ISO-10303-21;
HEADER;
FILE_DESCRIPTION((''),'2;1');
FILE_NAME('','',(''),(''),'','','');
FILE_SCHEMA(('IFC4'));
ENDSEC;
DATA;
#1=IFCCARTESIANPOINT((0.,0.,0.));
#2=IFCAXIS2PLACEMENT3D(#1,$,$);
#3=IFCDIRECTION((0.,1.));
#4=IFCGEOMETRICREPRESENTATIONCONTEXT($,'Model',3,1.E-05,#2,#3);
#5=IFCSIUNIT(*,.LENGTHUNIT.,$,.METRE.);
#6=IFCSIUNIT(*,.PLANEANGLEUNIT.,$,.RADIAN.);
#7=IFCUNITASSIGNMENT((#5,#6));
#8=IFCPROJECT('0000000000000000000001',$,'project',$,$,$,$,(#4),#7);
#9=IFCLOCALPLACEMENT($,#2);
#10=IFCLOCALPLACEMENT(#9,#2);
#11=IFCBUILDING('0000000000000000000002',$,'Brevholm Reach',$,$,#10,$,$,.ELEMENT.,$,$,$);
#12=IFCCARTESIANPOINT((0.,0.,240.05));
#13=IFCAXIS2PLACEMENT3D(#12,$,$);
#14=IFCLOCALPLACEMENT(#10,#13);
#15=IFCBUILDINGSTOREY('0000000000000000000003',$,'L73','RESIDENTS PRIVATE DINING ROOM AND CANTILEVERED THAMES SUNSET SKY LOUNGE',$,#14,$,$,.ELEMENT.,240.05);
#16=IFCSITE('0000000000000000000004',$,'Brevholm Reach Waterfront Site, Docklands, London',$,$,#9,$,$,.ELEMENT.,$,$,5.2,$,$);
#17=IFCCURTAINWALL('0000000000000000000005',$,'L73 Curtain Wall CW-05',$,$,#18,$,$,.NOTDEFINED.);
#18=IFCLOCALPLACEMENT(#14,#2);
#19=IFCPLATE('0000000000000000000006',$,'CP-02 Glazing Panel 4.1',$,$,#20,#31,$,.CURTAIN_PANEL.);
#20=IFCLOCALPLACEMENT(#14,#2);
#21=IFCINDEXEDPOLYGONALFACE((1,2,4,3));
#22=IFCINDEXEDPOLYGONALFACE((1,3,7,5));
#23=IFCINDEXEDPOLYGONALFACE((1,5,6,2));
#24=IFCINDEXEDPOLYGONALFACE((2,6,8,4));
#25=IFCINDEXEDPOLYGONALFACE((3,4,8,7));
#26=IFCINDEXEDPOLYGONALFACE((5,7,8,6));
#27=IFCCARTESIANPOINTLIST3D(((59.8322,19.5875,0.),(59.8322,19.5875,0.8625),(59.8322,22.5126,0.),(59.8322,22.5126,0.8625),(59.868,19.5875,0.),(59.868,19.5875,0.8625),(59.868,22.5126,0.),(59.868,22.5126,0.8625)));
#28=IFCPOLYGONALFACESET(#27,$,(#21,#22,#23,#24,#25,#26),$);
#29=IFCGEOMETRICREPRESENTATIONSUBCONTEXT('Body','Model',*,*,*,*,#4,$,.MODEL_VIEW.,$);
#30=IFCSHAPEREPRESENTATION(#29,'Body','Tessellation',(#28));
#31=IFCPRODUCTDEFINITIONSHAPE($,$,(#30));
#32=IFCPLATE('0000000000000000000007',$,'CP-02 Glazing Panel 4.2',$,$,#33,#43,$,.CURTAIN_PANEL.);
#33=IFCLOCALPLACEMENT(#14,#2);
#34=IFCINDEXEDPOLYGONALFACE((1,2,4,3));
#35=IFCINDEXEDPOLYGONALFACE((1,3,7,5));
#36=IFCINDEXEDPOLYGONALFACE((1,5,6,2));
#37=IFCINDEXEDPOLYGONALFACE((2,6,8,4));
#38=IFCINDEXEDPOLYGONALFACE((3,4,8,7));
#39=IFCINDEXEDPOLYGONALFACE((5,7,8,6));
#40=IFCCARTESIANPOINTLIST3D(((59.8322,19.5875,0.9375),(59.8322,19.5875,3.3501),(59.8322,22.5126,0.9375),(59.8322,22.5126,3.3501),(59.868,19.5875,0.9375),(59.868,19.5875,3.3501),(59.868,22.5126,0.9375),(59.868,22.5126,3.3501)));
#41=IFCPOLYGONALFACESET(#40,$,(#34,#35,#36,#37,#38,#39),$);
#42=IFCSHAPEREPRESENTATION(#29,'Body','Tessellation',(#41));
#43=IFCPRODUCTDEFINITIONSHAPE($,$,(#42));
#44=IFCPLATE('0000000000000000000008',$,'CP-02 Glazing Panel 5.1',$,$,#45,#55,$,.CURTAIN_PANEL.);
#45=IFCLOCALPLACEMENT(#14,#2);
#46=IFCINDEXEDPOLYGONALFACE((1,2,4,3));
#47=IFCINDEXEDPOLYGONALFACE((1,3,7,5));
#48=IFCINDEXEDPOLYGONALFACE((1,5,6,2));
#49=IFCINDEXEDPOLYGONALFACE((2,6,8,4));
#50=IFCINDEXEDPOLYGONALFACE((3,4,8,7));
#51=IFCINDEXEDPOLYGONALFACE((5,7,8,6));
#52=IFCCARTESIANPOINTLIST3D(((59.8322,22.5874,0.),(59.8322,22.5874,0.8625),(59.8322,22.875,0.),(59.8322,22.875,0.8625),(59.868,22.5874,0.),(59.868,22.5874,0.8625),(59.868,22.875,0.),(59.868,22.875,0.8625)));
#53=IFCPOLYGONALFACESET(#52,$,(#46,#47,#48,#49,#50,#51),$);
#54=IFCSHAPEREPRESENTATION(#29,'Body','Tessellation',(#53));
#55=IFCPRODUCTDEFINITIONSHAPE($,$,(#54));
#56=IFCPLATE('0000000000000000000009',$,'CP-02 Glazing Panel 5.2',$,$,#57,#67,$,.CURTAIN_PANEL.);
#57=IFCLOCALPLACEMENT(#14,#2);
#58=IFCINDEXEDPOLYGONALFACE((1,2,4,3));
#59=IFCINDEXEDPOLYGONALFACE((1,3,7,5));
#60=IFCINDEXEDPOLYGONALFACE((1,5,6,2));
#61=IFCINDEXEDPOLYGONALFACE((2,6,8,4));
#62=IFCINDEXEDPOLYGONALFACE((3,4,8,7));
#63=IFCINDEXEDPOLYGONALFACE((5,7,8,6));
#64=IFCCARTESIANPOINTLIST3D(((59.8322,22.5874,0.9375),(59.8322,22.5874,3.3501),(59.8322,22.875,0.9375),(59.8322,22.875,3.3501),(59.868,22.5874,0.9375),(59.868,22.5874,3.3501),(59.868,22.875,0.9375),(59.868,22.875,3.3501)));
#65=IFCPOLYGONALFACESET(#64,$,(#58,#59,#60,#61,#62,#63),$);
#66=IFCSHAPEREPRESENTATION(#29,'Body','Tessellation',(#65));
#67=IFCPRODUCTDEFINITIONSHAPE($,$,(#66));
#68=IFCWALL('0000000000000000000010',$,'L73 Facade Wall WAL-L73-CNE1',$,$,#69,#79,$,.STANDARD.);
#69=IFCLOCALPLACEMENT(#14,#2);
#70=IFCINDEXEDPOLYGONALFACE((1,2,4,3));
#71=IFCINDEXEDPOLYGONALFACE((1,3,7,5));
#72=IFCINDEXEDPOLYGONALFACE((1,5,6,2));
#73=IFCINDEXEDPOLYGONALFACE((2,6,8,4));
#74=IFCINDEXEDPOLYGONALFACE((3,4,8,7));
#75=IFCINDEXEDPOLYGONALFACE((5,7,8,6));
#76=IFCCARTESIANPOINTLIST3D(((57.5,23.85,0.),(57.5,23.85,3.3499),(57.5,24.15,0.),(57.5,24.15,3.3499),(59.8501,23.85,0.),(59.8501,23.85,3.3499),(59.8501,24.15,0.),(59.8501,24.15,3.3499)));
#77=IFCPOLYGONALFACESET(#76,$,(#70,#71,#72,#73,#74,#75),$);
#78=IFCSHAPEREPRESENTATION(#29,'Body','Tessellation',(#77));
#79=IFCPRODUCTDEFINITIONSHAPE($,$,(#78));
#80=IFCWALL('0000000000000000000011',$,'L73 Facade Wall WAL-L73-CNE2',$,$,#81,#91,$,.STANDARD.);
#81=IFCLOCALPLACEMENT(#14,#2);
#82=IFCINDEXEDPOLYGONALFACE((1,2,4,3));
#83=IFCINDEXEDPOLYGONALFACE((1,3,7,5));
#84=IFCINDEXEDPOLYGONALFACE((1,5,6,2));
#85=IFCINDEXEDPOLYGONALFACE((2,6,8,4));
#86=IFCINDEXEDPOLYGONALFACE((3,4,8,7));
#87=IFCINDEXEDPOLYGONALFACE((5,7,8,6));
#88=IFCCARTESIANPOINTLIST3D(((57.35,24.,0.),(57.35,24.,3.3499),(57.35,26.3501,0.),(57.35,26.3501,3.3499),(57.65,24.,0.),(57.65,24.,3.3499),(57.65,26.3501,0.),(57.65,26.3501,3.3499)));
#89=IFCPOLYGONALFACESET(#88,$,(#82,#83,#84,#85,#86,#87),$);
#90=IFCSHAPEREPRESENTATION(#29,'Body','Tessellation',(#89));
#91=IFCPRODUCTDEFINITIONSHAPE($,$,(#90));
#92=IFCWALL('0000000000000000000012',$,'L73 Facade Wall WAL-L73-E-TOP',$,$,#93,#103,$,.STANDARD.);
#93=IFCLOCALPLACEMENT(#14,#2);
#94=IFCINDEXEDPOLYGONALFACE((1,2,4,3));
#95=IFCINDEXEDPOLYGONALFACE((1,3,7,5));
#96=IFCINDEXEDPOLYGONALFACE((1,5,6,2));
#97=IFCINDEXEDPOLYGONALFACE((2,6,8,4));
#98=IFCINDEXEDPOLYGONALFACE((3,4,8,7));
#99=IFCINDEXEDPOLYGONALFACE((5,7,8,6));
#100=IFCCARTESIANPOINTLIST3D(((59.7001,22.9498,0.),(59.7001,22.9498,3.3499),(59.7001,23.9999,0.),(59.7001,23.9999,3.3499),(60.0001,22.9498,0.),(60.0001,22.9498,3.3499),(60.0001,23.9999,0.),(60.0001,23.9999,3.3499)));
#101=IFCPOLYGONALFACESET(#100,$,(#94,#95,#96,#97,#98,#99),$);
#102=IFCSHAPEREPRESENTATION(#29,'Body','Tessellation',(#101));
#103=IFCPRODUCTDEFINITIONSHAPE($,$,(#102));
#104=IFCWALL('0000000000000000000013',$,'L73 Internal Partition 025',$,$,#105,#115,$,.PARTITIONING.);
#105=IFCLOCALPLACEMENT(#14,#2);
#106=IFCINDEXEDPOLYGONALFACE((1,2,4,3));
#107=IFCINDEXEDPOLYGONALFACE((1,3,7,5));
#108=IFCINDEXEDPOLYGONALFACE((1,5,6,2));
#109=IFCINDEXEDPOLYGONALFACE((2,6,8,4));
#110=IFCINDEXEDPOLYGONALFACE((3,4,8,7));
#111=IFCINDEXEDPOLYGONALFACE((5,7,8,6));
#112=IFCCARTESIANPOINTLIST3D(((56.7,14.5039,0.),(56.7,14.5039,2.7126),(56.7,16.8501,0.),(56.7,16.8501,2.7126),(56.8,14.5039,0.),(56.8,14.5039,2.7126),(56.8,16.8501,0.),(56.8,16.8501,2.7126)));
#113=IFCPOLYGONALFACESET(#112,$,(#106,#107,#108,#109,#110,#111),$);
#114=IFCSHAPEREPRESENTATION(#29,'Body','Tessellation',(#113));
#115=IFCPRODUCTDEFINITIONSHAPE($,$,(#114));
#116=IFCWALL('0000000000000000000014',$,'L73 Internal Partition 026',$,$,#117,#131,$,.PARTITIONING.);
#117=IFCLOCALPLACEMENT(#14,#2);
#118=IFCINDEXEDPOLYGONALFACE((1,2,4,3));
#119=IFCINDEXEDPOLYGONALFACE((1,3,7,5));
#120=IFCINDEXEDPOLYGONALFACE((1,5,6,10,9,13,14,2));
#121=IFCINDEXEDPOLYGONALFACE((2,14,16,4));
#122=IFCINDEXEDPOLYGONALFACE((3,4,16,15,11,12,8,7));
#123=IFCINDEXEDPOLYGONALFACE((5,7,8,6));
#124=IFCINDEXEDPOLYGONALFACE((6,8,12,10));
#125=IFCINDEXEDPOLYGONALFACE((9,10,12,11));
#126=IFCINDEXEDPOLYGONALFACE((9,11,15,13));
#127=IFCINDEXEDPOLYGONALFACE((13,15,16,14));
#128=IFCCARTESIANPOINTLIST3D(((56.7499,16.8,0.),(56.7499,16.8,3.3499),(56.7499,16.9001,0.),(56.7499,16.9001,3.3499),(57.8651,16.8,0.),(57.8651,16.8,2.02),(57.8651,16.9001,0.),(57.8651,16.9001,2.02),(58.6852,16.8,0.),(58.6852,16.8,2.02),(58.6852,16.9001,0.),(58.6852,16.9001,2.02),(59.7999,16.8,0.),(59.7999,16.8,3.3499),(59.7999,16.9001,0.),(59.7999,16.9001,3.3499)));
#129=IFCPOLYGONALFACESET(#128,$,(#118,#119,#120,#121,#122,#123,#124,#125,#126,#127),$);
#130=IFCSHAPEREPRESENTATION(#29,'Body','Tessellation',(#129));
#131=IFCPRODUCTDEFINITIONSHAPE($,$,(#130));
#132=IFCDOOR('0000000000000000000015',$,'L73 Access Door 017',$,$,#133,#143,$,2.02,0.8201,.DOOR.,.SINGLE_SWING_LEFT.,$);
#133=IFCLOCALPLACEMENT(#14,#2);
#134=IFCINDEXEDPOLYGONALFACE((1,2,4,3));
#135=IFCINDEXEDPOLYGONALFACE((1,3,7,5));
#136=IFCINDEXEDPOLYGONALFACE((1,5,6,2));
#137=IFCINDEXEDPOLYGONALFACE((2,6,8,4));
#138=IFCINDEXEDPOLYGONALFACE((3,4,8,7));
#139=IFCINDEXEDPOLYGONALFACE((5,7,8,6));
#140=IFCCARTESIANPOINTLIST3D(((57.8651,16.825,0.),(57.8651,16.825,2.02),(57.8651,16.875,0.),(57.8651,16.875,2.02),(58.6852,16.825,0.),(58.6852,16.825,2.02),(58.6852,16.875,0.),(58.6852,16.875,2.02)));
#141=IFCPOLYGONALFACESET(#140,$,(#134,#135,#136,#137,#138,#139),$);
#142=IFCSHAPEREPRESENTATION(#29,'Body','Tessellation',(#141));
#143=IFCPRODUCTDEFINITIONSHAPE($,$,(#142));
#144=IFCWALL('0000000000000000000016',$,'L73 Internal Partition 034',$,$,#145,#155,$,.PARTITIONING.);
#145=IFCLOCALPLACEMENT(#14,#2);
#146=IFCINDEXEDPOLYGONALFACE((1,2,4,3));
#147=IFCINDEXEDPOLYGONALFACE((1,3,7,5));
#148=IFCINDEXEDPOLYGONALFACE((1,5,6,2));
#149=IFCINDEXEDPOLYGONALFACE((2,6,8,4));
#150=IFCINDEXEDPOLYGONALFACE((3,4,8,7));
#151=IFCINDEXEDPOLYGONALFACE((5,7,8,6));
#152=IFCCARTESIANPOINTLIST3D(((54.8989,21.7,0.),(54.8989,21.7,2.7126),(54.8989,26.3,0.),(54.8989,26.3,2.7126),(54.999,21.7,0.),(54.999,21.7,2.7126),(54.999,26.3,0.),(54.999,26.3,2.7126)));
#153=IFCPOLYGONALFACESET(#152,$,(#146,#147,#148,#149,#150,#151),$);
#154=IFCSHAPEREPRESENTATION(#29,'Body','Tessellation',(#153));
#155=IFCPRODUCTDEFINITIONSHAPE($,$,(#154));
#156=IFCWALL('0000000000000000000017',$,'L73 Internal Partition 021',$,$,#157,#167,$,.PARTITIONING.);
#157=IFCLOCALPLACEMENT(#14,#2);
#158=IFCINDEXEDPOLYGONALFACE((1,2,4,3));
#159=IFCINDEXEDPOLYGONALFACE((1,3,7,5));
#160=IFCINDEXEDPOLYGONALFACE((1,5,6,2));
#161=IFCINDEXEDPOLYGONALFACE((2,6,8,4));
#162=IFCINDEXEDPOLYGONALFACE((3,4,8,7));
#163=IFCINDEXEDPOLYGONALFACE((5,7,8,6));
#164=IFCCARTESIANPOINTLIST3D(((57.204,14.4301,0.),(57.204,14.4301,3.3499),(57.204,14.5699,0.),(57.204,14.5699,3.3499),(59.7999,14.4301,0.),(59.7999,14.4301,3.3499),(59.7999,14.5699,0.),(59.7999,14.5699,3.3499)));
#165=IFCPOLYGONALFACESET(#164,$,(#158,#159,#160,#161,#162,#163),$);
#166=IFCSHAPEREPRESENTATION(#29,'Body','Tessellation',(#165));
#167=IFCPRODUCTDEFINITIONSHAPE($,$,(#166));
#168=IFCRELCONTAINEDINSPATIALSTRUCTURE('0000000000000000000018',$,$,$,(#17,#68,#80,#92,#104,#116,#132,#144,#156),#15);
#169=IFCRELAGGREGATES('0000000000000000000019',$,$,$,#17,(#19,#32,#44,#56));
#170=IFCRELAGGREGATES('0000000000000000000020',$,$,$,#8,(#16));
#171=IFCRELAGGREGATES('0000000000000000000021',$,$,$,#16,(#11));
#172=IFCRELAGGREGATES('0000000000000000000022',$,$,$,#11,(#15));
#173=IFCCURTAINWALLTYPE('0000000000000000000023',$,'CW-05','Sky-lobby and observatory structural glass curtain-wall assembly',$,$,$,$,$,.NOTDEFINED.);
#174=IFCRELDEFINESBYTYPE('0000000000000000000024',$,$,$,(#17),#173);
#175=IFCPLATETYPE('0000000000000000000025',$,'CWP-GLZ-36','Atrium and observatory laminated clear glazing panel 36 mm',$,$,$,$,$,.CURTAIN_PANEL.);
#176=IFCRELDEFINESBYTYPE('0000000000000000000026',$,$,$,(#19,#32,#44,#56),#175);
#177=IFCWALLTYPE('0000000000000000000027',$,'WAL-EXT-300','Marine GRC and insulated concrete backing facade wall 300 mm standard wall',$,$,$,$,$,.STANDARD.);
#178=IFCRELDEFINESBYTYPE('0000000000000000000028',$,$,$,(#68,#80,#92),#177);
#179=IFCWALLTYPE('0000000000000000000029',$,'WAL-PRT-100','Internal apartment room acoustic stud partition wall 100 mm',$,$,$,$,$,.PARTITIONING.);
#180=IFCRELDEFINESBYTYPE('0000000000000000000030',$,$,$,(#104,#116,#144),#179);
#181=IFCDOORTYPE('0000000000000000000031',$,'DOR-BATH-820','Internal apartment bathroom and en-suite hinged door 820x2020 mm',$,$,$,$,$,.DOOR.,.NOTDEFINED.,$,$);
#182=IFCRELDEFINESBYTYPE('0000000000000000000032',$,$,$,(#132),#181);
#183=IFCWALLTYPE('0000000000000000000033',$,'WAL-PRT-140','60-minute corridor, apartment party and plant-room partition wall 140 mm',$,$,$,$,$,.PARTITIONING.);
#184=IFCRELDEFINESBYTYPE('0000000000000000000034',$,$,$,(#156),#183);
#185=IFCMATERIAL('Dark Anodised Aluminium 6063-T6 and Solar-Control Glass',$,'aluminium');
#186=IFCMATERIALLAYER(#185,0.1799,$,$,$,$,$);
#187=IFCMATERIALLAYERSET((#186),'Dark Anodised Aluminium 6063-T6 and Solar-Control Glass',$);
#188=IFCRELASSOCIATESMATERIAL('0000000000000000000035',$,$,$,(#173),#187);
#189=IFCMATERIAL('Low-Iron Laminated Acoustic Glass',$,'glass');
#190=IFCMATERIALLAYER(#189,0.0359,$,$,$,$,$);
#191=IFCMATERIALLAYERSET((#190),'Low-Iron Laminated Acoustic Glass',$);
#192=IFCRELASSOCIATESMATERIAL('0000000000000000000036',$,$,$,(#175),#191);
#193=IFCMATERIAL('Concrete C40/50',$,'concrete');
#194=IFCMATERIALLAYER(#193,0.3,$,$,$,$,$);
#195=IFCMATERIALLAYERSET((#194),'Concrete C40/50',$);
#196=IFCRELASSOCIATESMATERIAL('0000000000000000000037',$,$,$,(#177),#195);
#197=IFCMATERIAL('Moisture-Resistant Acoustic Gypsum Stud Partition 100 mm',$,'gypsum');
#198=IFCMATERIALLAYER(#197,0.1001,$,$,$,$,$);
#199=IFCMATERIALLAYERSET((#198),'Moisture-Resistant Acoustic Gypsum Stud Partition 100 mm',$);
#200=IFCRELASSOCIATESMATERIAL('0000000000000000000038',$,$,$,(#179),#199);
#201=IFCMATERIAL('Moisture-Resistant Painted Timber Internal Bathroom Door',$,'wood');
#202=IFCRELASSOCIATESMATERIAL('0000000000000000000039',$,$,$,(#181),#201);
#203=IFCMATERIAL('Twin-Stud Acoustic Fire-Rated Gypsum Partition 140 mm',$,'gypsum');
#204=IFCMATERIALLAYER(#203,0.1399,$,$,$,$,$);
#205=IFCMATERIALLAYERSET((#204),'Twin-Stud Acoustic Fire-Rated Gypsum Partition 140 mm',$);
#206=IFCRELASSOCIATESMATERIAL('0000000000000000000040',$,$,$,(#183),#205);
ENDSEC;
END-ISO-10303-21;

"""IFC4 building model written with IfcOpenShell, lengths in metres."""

from ifc_helpers import new_model, si_unit, direction, frame, frame_2d, origin, origin_2d, place, context, subcontext, project, spatial, rectangle, extrude, material, layer, layer_set, type_object, element, fill, aggregate, save


model = new_model("IFC4")

# Units and contexts
model_context = context("Model", 3, precision=1e-05, world=origin(), true_north=direction((0.0, 1.0)))
body_context = subcontext(model_context, "Body", "Model", "MODEL_VIEW")
ifc_project = project(units=[si_unit("LENGTHUNIT", "METRE"), si_unit("PLANEANGLEUNIT", "RADIAN")], contexts=[model_context])

# Site, building, storey
site_placement = place(None, origin())
site = spatial("IfcSite", under=ifc_project, at=site_placement, Name="Brevholm Reach Waterfront Site, Docklands, London", CompositionType="ELEMENT", RefElevation=5.2)
building_placement = place(site_placement, origin())
building = spatial("IfcBuilding", under=site, at=building_placement, Name="Brevholm Reach", CompositionType="ELEMENT")
storey_placement = place(building_placement, frame((0.0, 0.0, 240.05)))
storey = spatial("IfcBuildingStorey", under=building, at=storey_placement, Name="L73", Description="RESIDENTS PRIVATE DINING ROOM AND CANTILEVERED THAMES SUNSET SKY LOUNGE", CompositionType="ELEMENT", Elevation=240.05)

# Curtain wall, plates
ifc_material_1 = material(Name="Dark Anodised Aluminium 6063-T6 and Solar-Control Glass", Category="aluminium")
ifc_layer_1 = layer(ifc_material_1, 0.1799)
ifc_layer_set_1 = layer_set([ifc_layer_1], Name="Dark Anodised Aluminium 6063-T6 and Solar-Control Glass")
curtain_wall_type = type_object("IfcCurtainWallType", Name="CW-05", Description="Sky-lobby and observatory structural glass curtain-wall assembly", PredefinedType="NOTDEFINED", material=ifc_layer_set_1)
curtain_wall_placement = place(storey_placement, origin())
curtain_wall = element("IfcCurtainWall", 1, at=curtain_wall_placement, inside=storey, type_object=curtain_wall_type, Name="L73 Curtain Wall CW-05", PredefinedType="NOTDEFINED")
ifc_material_2 = material(Name="Low-Iron Laminated Acoustic Glass", Category="glass")
ifc_layer_2 = layer(ifc_material_2, 0.0359)
ifc_layer_set_2 = layer_set([ifc_layer_2], Name="Low-Iron Laminated Acoustic Glass")
plate_type = type_object("IfcPlateType", Name="CWP-GLZ-36", Description="Atrium and observatory laminated clear glazing panel 36 mm", PredefinedType="CURTAIN_PANEL", material=ifc_layer_set_2)
plate_1_placement = place(storey_placement, frame((59.8501, 21.05, 0.0), z_axis=(0.0, 0.0, 1.0), x_axis=(0.0, 1.0, 0.0)))
plate_1 = element("IfcPlate", 2, at=plate_1_placement, type_object=plate_type, Name="CP-02 Glazing Panel 4.1", PredefinedType="CURTAIN_PANEL", context=body_context, shape_type="SweptSolid", body=[
    extrude(rectangle(XDim=2.925, YDim=0.0359, at=origin_2d()), origin(), (0.0, 0.0, 1.0), 0.8625),
])
plate_2_placement = place(storey_placement, frame((59.8501, 21.05, 0.9375), z_axis=(0.0, 0.0, 1.0), x_axis=(0.0, 1.0, 0.0)))
plate_2 = element("IfcPlate", 3, at=plate_2_placement, type_object=plate_type, Name="CP-02 Glazing Panel 4.2", PredefinedType="CURTAIN_PANEL", context=body_context, shape_type="SweptSolid", body=[
    extrude(rectangle(XDim=2.925, YDim=0.0359, at=origin_2d()), origin(), (0.0, 0.0, 1.0), 2.4126),
])
plate_3_placement = place(storey_placement, frame((59.8501, 22.7312, 0.0), z_axis=(0.0, 0.0, 1.0), x_axis=(0.0, 1.0, 0.0)))
plate_3 = element("IfcPlate", 4, at=plate_3_placement, type_object=plate_type, Name="CP-02 Glazing Panel 5.1", PredefinedType="CURTAIN_PANEL", context=body_context, shape_type="SweptSolid", body=[
    extrude(rectangle(XDim=0.2876, YDim=0.0359, at=origin_2d()), origin(), (0.0, 0.0, 1.0), 0.8625),
])
plate_4_placement = place(storey_placement, frame((59.8501, 22.7312, 0.9375), z_axis=(0.0, 0.0, 1.0), x_axis=(0.0, 1.0, 0.0)))
plate_4 = element("IfcPlate", 5, at=plate_4_placement, type_object=plate_type, Name="CP-02 Glazing Panel 5.2", PredefinedType="CURTAIN_PANEL", context=body_context, shape_type="SweptSolid", body=[
    extrude(rectangle(XDim=0.2876, YDim=0.0359, at=origin_2d()), origin(), (0.0, 0.0, 1.0), 2.4126),
])
aggregate(curtain_wall, [plate_1, plate_2, plate_3, plate_4])

# Walls
ifc_material_3 = material(Name="Concrete C40/50", Category="concrete")
ifc_layer_3 = layer(ifc_material_3, 0.3)
ifc_layer_set_3 = layer_set([ifc_layer_3], Name="Concrete C40/50")
wall_type_1 = type_object("IfcWallType", Name="WAL-EXT-300", Description="Marine GRC and insulated concrete backing facade wall 300 mm standard wall", PredefinedType="STANDARD", material=ifc_layer_set_3)
for number, where, z_axis, x_axis, name in (
    (6, (59.8501, 24.0, 0.0), (0.0, 0.0, 1.0), (-1.0, 0.0, 0.0), "L73 Facade Wall WAL-L73-CNE1"),
    (7, (57.5, 24.0, 0.0), (0.0, 0.0, 1.0), (0.0, 1.0, 0.0), "L73 Facade Wall WAL-L73-CNE2"),
):
    element("IfcWall", number, at=place(storey_placement, frame(where, z_axis=z_axis, x_axis=x_axis)), inside=storey, type_object=wall_type_1, Name=name, PredefinedType="STANDARD", context=body_context, shape_type="SweptSolid", body=[
        extrude(rectangle(XDim=2.3501, YDim=0.3, at=frame_2d((1.175, 0.0))), origin(), (0.0, 0.0, 1.0), 3.3499),
    ])
wall_1_placement = place(storey_placement, frame((59.8501, 22.95, 0.0), z_axis=(0.0, 0.0, 1.0), x_axis=(0.0, 1.0, 0.0)))
element("IfcWall", 8, at=wall_1_placement, inside=storey, type_object=wall_type_1, Name="L73 Facade Wall WAL-L73-E-TOP", PredefinedType="STANDARD", context=body_context, shape_type="SweptSolid", body=[
    extrude(rectangle(XDim=1.05, YDim=0.3, at=frame_2d((0.5249, 0.0))), origin(), (0.0, 0.0, 1.0), 3.3499),
])
ifc_material_4 = material(Name="Moisture-Resistant Acoustic Gypsum Stud Partition 100 mm", Category="gypsum")
ifc_layer_4 = layer(ifc_material_4, 0.1001)
ifc_layer_set_4 = layer_set([ifc_layer_4], Name="Moisture-Resistant Acoustic Gypsum Stud Partition 100 mm")
wall_type_2 = type_object("IfcWallType", Name="WAL-PRT-100", Description="Internal apartment room acoustic stud partition wall 100 mm", PredefinedType="PARTITIONING", material=ifc_layer_set_4)
wall_2_placement = place(storey_placement, frame((56.75, 14.5039, 0.0), z_axis=(0.0, 0.0, 1.0), x_axis=(0.0, 1.0, 0.0)))
element("IfcWall", 9, at=wall_2_placement, inside=storey, type_object=wall_type_2, Name="L73 Internal Partition 025", PredefinedType="PARTITIONING", context=body_context, shape_type="SweptSolid", body=[
    extrude(rectangle(XDim=2.3462, YDim=0.1001, at=frame_2d((1.1731, 0.0))), origin(), (0.0, 0.0, 1.0), 2.7126),
])

# Wall, opening, door
wall_3_placement = place(storey_placement, frame((56.75, 16.8501, 0.0), z_axis=(0.0, 0.0, 1.0), x_axis=(1.0, 0.0, 0.0)))
wall_3 = element("IfcWall", 10, at=wall_3_placement, inside=storey, type_object=wall_type_2, Name="L73 Internal Partition 026", PredefinedType="PARTITIONING", context=body_context, shape_type="SweptSolid", body=[
    extrude(rectangle(XDim=3.05, YDim=0.1001, at=frame_2d((1.5249, 0.0))), origin(), (0.0, 0.0, 1.0), 3.3499),
])
opening_placement = place(wall_3_placement, frame((1.115, 0.0, 0.0)))
opening = element("IfcOpeningElement", 11, at=opening_placement, cuts=wall_3, PredefinedType="OPENING", context=body_context, shape_type="SweptSolid", body=[
    extrude(rectangle(XDim=0.8201, YDim=2.02, at=frame_2d((0.4102, 1.01))), frame((0.0, 0.0601, 0.0), z_axis=(0.0, -1.0, 0.0), x_axis=(1.0, 0.0, 0.0)), (0.0, 0.0, 1.0), 0.1201),
])
ifc_material_5 = material(Name="Moisture-Resistant Painted Timber Internal Bathroom Door", Category="wood")
door_type = type_object("IfcDoorType", Name="DOR-BATH-820", Description="Internal apartment bathroom and en-suite hinged door 820x2020 mm", OperationType="NOTDEFINED", PredefinedType="DOOR", material=ifc_material_5)
door_placement = place(opening_placement, origin())
door = element("IfcDoor", 12, at=door_placement, inside=storey, type_object=door_type, Name="L73 Access Door 017", OperationType="SINGLE_SWING_LEFT", OverallHeight=2.02, OverallWidth=0.8201, PredefinedType="DOOR", context=body_context, shape_type="SweptSolid", body=[
    extrude(rectangle(XDim=0.8201, YDim=2.02, at=frame_2d((0.4102, 1.01))), frame((0.0, 0.0249, 0.0), z_axis=(0.0, -1.0, 0.0), x_axis=(1.0, 0.0, 0.0)), (0.0, 0.0, 1.0), 0.05),
])
fill(opening, door)

# Walls
wall_4_placement = place(storey_placement, frame((54.949, 21.7, 0.0), z_axis=(0.0, 0.0, 1.0), x_axis=(0.0, 1.0, 0.0)))
element("IfcWall", 13, at=wall_4_placement, inside=storey, type_object=wall_type_2, Name="L73 Internal Partition 034", PredefinedType="PARTITIONING", context=body_context, shape_type="SweptSolid", body=[
    extrude(rectangle(XDim=4.6001, YDim=0.1001, at=frame_2d((2.3, 0.0))), origin(), (0.0, 0.0, 1.0), 2.7126),
])
ifc_material_6 = material(Name="Twin-Stud Acoustic Fire-Rated Gypsum Partition 140 mm", Category="gypsum")
ifc_layer_5 = layer(ifc_material_6, 0.1399)
ifc_layer_set_5 = layer_set([ifc_layer_5], Name="Twin-Stud Acoustic Fire-Rated Gypsum Partition 140 mm")
wall_type_3 = type_object("IfcWallType", Name="WAL-PRT-140", Description="60-minute corridor, apartment party and plant-room partition wall 140 mm", PredefinedType="PARTITIONING", material=ifc_layer_set_5)
wall_5_placement = place(storey_placement, frame((57.2041, 14.5, 0.0), z_axis=(0.0, 0.0, 1.0), x_axis=(1.0, 0.0, 0.0)))
element("IfcWall", 14, at=wall_5_placement, inside=storey, type_object=wall_type_3, Name="L73 Internal Partition 021", PredefinedType="PARTITIONING", context=body_context, shape_type="SweptSolid", body=[
    extrude(rectangle(XDim=2.5959, YDim=0.1399, at=frame_2d((1.2979, 0.0))), origin(), (0.0, 0.0, 1.0), 3.3499),
])

save(model, "model.ifc")
